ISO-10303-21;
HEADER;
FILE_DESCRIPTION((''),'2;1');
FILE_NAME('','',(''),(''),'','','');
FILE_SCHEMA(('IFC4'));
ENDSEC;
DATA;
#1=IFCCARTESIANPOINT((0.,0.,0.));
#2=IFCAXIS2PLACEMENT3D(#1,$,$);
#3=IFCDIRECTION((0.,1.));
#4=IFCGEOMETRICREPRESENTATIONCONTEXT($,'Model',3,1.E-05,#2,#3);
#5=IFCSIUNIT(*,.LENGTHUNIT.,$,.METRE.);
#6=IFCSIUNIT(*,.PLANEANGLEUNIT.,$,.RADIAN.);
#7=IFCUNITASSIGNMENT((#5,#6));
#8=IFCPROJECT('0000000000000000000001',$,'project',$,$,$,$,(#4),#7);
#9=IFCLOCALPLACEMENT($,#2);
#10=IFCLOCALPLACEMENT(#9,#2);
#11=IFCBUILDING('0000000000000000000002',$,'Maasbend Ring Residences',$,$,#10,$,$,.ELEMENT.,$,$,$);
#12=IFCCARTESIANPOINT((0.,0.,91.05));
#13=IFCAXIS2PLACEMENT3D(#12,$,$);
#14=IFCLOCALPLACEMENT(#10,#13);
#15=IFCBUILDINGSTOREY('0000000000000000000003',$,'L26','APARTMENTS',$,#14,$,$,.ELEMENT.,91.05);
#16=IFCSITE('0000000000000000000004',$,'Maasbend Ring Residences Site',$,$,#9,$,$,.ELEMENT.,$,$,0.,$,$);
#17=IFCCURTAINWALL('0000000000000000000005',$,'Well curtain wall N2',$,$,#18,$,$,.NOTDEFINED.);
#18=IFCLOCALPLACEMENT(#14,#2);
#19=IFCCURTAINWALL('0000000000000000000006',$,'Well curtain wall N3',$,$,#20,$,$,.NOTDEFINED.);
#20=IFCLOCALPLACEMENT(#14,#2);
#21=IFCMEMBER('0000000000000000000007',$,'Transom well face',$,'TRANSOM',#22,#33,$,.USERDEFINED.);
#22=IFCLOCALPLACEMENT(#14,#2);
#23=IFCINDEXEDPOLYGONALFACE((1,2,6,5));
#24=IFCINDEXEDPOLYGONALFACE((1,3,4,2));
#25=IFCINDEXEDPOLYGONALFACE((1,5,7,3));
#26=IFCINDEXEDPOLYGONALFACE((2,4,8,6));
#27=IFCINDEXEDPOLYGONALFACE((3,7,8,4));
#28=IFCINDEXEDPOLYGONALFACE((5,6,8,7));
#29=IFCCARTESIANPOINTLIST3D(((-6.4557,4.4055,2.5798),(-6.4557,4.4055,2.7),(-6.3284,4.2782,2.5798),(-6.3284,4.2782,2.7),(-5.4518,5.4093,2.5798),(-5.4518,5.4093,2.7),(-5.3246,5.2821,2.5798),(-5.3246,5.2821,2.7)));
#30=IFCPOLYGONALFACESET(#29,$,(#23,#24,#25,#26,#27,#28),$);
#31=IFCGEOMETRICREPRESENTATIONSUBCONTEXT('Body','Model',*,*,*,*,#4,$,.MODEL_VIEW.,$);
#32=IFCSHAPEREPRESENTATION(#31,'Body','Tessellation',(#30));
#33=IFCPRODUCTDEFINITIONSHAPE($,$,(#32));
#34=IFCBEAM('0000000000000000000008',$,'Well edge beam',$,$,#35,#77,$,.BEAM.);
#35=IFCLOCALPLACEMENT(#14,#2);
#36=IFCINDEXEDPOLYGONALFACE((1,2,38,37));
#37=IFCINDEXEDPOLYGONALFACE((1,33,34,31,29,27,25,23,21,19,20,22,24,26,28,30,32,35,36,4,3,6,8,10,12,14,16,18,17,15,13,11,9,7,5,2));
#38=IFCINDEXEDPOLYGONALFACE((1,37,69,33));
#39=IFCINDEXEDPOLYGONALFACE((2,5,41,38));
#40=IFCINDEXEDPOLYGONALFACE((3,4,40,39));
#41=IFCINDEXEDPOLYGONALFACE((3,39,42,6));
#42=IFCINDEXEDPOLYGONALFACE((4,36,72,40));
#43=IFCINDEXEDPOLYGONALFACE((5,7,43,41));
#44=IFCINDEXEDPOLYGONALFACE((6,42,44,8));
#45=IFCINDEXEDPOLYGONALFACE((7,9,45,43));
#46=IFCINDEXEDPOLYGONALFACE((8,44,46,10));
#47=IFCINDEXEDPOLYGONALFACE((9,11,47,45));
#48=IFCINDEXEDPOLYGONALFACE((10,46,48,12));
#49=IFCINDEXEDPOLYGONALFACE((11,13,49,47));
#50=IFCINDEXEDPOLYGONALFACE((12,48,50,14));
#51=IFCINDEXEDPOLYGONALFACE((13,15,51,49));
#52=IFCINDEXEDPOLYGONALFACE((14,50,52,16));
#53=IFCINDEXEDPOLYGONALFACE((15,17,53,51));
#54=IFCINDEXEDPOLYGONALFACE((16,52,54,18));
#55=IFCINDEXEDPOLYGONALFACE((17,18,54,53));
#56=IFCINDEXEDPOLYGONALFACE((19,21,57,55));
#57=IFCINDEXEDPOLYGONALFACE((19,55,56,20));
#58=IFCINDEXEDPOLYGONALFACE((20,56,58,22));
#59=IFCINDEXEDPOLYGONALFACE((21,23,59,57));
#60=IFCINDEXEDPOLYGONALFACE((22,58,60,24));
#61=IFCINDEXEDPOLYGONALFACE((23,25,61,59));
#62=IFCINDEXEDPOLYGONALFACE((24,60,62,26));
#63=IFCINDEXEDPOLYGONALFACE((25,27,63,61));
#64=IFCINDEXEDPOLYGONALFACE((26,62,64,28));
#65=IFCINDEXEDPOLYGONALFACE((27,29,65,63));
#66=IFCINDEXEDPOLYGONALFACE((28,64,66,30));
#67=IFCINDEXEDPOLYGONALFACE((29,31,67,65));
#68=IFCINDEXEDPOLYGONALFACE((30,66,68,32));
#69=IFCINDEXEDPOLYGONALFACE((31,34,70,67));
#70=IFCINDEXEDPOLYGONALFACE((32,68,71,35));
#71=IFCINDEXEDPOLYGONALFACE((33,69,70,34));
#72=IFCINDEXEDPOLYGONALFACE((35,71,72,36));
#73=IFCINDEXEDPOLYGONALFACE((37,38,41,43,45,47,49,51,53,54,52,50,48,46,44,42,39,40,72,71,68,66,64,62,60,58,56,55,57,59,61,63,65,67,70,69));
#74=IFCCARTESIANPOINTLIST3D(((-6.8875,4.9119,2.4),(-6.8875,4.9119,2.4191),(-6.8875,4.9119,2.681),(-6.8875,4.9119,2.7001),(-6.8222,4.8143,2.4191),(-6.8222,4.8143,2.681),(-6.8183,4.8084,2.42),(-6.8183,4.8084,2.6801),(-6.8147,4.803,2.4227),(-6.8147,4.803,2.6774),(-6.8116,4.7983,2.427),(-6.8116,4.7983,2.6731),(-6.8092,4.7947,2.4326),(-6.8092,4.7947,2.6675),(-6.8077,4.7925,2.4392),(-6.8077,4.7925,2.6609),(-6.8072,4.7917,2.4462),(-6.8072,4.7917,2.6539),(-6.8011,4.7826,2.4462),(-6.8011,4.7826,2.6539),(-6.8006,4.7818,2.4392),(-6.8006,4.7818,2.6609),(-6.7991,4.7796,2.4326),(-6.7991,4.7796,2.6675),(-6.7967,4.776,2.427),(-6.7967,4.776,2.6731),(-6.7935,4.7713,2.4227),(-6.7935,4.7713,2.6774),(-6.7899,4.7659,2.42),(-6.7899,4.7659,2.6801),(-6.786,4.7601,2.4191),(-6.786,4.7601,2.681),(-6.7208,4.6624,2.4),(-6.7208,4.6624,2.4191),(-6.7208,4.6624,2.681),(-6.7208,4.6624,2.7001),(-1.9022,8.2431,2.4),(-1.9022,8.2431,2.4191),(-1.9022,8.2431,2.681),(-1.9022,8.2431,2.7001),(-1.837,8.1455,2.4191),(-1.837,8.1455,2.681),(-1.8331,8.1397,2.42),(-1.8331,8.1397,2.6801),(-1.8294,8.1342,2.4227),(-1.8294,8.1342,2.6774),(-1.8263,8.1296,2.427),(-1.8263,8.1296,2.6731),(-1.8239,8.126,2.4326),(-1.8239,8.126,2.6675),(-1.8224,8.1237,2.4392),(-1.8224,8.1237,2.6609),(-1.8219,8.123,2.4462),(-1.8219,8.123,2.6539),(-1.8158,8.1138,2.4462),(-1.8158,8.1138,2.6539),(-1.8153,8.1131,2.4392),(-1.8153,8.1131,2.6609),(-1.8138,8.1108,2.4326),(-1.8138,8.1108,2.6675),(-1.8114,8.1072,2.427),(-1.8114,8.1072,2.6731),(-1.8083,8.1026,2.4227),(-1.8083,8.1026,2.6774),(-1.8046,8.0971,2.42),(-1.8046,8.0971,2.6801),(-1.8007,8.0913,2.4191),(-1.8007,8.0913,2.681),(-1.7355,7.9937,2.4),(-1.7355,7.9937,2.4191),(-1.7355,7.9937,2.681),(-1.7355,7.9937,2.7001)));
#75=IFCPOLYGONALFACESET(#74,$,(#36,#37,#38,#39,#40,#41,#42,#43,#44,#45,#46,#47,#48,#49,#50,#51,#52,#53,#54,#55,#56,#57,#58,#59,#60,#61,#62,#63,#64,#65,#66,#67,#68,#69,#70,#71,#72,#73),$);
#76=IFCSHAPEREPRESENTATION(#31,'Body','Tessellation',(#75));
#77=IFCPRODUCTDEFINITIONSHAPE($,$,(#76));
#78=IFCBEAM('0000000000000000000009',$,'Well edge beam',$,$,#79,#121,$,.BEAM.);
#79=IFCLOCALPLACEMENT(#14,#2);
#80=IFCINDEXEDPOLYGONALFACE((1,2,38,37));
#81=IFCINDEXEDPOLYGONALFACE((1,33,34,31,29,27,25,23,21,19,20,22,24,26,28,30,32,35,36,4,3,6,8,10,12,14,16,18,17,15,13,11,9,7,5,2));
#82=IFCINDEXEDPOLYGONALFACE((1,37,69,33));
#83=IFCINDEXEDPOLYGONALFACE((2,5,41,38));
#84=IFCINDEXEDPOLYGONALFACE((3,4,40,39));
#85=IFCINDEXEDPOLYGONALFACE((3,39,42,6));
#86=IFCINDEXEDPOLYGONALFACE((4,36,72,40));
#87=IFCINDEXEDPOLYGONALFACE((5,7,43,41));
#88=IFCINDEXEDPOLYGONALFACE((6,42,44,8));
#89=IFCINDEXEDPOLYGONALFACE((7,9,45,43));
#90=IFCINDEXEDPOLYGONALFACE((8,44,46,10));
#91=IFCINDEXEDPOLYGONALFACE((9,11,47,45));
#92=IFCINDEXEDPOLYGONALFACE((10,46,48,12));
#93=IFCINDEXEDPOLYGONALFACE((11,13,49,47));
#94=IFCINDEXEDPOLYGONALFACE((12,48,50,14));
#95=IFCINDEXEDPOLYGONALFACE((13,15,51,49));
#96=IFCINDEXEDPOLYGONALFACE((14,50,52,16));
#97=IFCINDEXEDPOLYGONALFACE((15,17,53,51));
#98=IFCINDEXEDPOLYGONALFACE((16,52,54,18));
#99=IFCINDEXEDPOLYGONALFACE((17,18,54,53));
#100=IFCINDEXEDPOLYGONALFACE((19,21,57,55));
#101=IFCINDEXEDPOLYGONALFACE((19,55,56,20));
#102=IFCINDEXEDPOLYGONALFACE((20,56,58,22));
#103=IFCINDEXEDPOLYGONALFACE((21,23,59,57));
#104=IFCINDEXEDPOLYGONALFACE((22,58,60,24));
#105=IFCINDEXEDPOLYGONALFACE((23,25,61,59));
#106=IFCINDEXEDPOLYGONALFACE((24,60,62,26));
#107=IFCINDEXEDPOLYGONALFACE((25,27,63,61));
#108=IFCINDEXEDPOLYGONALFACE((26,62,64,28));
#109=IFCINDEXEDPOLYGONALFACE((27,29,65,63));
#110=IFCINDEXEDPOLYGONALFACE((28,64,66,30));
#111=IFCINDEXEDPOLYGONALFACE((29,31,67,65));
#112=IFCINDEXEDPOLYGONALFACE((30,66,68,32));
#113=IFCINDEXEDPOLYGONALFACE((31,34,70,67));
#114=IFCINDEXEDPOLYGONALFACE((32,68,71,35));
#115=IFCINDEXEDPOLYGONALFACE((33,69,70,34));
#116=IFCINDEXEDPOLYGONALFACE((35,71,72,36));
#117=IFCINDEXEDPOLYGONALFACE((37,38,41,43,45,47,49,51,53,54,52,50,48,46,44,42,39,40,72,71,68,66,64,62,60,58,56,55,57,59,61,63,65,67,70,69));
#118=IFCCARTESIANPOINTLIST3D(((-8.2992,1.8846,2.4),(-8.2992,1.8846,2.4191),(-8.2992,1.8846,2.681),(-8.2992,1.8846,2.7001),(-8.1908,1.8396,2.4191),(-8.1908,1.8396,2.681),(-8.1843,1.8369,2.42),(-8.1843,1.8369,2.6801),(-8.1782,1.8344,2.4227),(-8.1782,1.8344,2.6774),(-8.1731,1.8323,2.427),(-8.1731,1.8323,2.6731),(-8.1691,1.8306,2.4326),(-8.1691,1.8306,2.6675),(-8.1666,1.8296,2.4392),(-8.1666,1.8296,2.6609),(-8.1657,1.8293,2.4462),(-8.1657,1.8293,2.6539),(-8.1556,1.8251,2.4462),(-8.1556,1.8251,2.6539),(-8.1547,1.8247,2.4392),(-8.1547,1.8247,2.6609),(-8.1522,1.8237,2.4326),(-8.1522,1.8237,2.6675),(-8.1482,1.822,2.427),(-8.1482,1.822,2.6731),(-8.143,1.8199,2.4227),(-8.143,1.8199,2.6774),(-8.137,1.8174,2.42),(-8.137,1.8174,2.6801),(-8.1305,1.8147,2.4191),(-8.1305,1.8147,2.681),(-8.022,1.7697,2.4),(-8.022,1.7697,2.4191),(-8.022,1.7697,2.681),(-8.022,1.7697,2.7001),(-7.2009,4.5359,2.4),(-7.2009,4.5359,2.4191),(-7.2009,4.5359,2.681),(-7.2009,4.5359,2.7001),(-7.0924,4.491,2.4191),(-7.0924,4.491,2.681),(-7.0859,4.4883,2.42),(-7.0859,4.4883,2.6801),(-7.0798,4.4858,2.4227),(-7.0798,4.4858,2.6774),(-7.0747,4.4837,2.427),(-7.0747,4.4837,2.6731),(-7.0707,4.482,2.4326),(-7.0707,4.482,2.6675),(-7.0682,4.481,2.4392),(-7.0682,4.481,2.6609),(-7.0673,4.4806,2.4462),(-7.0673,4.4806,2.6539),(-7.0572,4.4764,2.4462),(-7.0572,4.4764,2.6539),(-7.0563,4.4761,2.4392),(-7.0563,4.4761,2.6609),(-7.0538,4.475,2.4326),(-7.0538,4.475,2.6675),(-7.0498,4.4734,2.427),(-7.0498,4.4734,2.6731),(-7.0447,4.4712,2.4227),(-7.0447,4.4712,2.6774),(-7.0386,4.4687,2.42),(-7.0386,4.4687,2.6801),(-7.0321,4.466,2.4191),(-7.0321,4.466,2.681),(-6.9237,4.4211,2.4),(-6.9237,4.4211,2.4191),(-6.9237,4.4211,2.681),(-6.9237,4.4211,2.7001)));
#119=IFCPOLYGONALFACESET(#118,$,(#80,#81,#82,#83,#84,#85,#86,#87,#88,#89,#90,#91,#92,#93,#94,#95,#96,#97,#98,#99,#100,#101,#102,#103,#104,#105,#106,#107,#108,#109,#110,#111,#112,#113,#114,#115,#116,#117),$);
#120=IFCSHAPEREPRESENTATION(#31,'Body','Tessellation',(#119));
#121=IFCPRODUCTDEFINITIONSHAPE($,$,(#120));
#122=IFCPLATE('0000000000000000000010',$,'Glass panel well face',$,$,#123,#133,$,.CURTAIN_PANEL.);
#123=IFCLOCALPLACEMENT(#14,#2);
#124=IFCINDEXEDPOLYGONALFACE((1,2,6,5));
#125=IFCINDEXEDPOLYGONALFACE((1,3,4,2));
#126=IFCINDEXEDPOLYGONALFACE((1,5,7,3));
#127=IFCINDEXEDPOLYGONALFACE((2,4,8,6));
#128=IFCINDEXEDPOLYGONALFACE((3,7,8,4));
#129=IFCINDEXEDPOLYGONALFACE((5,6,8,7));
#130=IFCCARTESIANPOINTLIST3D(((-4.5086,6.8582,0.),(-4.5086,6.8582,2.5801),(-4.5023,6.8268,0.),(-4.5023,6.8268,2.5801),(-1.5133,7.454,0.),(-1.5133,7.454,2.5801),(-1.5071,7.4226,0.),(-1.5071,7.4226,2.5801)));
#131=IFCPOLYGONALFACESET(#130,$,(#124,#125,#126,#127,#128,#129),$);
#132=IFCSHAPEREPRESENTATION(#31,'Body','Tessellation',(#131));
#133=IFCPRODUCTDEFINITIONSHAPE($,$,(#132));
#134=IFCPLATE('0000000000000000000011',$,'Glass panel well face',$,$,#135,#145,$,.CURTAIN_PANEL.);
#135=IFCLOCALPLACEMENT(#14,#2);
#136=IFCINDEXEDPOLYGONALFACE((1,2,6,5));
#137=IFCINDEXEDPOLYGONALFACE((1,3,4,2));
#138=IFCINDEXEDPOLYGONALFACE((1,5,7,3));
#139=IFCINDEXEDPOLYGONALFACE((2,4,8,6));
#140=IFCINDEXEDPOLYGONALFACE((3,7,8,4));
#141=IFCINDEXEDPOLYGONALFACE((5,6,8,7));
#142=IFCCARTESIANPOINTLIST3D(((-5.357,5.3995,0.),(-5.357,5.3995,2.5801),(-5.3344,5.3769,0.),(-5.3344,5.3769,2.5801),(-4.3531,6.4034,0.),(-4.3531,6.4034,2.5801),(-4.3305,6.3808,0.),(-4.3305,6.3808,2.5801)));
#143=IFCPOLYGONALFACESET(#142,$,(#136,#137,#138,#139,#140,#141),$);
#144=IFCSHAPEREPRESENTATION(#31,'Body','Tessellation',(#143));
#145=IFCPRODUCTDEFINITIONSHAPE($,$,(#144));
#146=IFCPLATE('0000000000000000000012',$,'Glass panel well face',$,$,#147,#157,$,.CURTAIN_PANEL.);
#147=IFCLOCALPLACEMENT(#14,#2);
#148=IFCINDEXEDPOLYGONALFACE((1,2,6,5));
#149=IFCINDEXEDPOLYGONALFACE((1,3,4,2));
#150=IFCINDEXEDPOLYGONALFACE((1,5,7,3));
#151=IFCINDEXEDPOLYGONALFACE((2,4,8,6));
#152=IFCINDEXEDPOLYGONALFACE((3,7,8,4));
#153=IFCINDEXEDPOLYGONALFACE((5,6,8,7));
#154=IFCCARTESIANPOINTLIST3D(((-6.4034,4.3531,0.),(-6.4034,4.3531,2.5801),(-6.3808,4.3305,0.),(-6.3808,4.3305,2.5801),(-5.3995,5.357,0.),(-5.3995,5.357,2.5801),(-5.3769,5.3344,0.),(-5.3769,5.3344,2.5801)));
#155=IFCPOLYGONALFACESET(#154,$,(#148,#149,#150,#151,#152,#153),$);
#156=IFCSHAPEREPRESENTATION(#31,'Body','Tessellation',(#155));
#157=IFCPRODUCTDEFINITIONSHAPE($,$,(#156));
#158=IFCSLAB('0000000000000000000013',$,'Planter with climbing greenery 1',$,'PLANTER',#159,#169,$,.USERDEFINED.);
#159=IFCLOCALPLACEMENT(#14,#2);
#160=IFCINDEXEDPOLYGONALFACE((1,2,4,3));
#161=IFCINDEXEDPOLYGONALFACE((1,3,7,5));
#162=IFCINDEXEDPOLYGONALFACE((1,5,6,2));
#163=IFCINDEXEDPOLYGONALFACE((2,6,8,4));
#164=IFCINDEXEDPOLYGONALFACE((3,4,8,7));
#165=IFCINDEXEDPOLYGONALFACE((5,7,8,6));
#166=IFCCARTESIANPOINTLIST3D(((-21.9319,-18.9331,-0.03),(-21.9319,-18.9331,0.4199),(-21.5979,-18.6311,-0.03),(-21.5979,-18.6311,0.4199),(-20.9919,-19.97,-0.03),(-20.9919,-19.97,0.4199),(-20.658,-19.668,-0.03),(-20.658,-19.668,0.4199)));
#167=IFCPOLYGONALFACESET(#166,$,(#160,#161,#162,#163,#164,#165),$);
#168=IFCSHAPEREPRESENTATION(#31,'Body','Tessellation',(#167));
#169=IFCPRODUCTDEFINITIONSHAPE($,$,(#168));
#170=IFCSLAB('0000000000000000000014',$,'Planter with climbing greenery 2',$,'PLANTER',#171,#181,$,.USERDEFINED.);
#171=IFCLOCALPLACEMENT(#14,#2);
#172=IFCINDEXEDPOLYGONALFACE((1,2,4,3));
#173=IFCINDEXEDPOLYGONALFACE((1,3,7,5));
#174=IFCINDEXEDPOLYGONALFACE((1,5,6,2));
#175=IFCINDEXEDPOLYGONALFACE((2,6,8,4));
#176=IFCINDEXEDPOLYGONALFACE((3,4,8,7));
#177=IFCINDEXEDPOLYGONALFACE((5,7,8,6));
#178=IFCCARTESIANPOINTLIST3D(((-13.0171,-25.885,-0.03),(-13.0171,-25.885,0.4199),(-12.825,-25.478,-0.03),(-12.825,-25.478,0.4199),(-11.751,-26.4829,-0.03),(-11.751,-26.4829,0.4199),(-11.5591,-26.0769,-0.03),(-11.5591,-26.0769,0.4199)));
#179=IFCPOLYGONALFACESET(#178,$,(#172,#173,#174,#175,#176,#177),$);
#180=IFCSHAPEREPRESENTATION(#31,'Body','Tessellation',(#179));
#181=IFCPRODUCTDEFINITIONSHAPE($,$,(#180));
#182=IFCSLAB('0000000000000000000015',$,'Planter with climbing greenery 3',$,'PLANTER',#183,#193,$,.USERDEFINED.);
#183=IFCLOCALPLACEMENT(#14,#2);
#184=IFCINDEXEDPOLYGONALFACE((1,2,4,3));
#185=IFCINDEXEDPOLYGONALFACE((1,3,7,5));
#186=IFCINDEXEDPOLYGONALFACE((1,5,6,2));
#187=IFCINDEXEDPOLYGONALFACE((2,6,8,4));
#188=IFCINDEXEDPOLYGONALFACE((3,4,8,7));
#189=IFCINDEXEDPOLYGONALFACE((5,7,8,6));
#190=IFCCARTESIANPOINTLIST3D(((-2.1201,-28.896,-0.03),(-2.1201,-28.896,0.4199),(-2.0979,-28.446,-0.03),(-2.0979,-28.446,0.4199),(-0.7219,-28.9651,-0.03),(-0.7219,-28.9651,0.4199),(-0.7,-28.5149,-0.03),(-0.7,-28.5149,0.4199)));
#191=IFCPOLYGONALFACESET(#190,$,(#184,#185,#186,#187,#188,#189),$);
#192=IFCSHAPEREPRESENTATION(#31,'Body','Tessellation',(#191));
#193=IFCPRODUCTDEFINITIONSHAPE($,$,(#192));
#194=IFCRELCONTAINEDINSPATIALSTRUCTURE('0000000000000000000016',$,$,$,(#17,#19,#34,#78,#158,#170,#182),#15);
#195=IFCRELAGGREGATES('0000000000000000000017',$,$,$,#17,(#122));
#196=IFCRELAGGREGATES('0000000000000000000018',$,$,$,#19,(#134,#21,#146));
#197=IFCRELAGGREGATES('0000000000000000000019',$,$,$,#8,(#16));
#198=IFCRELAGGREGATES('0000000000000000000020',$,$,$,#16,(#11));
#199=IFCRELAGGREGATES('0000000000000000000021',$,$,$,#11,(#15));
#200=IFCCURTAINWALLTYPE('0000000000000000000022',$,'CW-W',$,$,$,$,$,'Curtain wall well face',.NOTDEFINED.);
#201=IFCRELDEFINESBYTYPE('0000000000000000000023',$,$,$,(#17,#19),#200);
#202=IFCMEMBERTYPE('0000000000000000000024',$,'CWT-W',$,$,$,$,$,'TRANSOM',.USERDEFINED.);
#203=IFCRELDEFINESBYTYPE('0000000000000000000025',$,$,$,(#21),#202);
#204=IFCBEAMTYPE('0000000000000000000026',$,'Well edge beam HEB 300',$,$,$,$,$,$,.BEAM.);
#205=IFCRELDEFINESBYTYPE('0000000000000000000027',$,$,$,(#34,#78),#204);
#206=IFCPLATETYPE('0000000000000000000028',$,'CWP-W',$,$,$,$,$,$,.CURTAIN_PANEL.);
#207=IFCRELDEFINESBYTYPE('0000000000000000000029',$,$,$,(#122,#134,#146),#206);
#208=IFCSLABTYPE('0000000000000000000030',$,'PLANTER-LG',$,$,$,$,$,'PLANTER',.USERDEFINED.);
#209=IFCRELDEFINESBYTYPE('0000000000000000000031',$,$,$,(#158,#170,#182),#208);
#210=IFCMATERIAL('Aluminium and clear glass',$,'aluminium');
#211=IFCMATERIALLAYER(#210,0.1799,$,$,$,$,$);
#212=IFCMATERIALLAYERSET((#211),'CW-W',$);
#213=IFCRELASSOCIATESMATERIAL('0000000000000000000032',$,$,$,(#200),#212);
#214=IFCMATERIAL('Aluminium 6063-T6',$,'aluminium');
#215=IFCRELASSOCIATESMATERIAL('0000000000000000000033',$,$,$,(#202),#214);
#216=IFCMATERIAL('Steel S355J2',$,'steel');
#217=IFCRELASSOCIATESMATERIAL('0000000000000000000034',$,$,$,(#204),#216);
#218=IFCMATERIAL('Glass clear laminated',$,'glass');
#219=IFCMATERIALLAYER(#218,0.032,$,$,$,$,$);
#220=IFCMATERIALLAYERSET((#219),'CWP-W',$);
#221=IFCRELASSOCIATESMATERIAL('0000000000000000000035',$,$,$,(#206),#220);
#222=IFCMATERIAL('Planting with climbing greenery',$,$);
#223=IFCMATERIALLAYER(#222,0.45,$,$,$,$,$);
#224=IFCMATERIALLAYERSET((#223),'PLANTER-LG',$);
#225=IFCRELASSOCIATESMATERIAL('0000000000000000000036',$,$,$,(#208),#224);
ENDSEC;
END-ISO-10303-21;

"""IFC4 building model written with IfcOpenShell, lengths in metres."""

from ifc_helpers import new_model, si_unit, direction, frame, origin, origin_2d, place, context, subcontext, project, spatial, polyline, rectangle, i_section, outline, extrude, material, layer, layer_set, material_profile, profile_set, type_object, element, aggregate, save


model = new_model("IFC4")

# Units and contexts
model_context = context("Model", 3, precision=1e-05, world=origin(), true_north=direction((0.0, 1.0)))
body_context = subcontext(model_context, "Body", "Model", "MODEL_VIEW")
ifc_project = project(units=[si_unit("LENGTHUNIT", "METRE"), si_unit("PLANEANGLEUNIT", "RADIAN")], contexts=[model_context])

# Site, building, storey
site_placement = place(None, origin())
site = spatial("IfcSite", under=ifc_project, at=site_placement, Name="Maasbend Ring Residences Site", CompositionType="ELEMENT", RefElevation=0.0)
building_placement = place(site_placement, origin())
building = spatial("IfcBuilding", under=site, at=building_placement, Name="Maasbend Ring Residences", CompositionType="ELEMENT")
storey_placement = place(building_placement, frame((0.0, 0.0, 91.05)))
storey = spatial("IfcBuildingStorey", under=building, at=storey_placement, Name="L26", Description="APARTMENTS", CompositionType="ELEMENT", Elevation=91.05)

# Curtain walls
ifc_material_1 = material(Name="Aluminium and clear glass", Category="aluminium")
ifc_layer_1 = layer(ifc_material_1, 0.1799)
ifc_layer_set_1 = layer_set([ifc_layer_1], Name="CW-W")
curtain_wall_type = type_object("IfcCurtainWallType", Name="CW-W", ElementType="Curtain wall well face", PredefinedType="NOTDEFINED", material=ifc_layer_set_1)
curtain_wall_1_placement = place(storey_placement, origin())
curtain_wall_1 = element("IfcCurtainWall", 1, at=curtain_wall_1_placement, inside=storey, type_object=curtain_wall_type, Name="Well curtain wall N2", PredefinedType="NOTDEFINED")
curtain_wall_2_placement = place(storey_placement, origin())
curtain_wall_2 = element("IfcCurtainWall", 2, at=curtain_wall_2_placement, inside=storey, type_object=curtain_wall_type, Name="Well curtain wall N3", PredefinedType="NOTDEFINED")

# Member
ifc_material_2 = material(Name="Aluminium 6063-T6", Category="aluminium")
ifc_material_profile_1 = material_profile(ifc_material_2, rectangle(XDim=0.1799, YDim=0.1201, at=origin_2d()), Name="AL 180x120")
ifc_profile_set_1 = profile_set([ifc_material_profile_1], Name="Aluminium 6063-T6")
member_type_1 = type_object("IfcMemberType", Name="CWT-W", ElementType="TRANSOM", PredefinedType="USERDEFINED", material=ifc_profile_set_1)
member_1_placement = place(storey_placement, frame((-5.3882, 5.3457, 2.6399), z_axis=(-0.707107, -0.707107, 0.0), x_axis=(0.707107, -0.707107, 0.0)))
member_1 = element("IfcMember", 3, at=member_1_placement, type_object=member_type_1, Name="Transom well face", ObjectType="TRANSOM", PredefinedType="USERDEFINED", context=body_context, shape_type="SweptSolid", body=[
    extrude(rectangle(XDim=0.1799, YDim=0.1201, at=origin_2d()), origin(), (0.0, 0.0, 1.0), 1.4197),
])

# Beams
ifc_material_3 = material(Name="Steel S355J2", Category="steel")
ifc_material_profile_2 = material_profile(ifc_material_3, i_section(OverallWidth=0.3, OverallDepth=0.3, WebThickness=0.011, FlangeThickness=0.019, FilletRadius=0.0271, at=origin_2d()), Name="HEB 300")
ifc_profile_set_2 = profile_set([ifc_material_profile_2], Name="Steel S355J2")
beam_type = type_object("IfcBeamType", Name="Well edge beam HEB 300", PredefinedType="BEAM", material=ifc_profile_set_2)
beam_1_placement = place(storey_placement, frame((-1.8188, 8.1184, 2.55), z_axis=(-0.831455, -0.555593, 0.0), x_axis=(0.555593, -0.831455, 0.0)))
element("IfcBeam", 4, at=beam_1_placement, inside=storey, type_object=beam_type, Name="Well edge beam", PredefinedType="BEAM", context=body_context, shape_type="SweptSolid", body=[
    extrude(i_section(OverallWidth=0.3, OverallDepth=0.3, WebThickness=0.011, FlangeThickness=0.019, FilletRadius=0.0271, at=origin_2d()), origin(), (0.0, 0.0, 1.0), 5.9958),
])
beam_2_placement = place(storey_placement, frame((-7.0623, 4.4785, 2.55), z_axis=(-0.38273, -0.92386, 0.0), x_axis=(0.92386, -0.38273, 0.0)))
element("IfcBeam", 5, at=beam_2_placement, inside=storey, type_object=beam_type, Name="Well edge beam", PredefinedType="BEAM", context=body_context, shape_type="SweptSolid", body=[
    extrude(i_section(OverallWidth=0.3, OverallDepth=0.3, WebThickness=0.011, FlangeThickness=0.019, FilletRadius=0.0271, at=origin_2d()), origin(), (0.0, 0.0, 1.0), 2.8699),
])

# Plates
ifc_material_4 = material(Name="Glass clear laminated", Category="glass")
ifc_layer_2 = layer(ifc_material_4, 0.032)
ifc_layer_set_2 = layer_set([ifc_layer_2], Name="CWP-W")
plate_type = type_object("IfcPlateType", Name="CWP-W", PredefinedType="CURTAIN_PANEL", material=ifc_layer_set_2)
plate_1_placement = place(storey_placement, frame((-3.0078, 7.1404, 0.0), z_axis=(0.0, 0.0, 1.0), x_axis=(-0.980785, -0.19509, 0.0)))
plate_1 = element("IfcPlate", 6, at=plate_1_placement, type_object=plate_type, Name="Glass panel well face", PredefinedType="CURTAIN_PANEL", context=body_context, shape_type="SweptSolid", body=[
    extrude(rectangle(XDim=3.054, YDim=0.032, at=origin_2d()), origin(), (0.0, 0.0, 1.0), 2.5801),
])
aggregate(curtain_wall_1, [plate_1])
plate_2_placement = place(storey_placement, frame((-4.8438, 5.8901, 0.0), z_axis=(0.0, 0.0, 1.0), x_axis=(-0.707107, -0.707107, 0.0)))
plate_2 = element("IfcPlate", 7, at=plate_2_placement, type_object=plate_type, Name="Glass panel well face", PredefinedType="CURTAIN_PANEL", context=body_context, shape_type="SweptSolid", body=[
    extrude(rectangle(XDim=1.4197, YDim=0.032, at=origin_2d()), origin(), (0.0, 0.0, 1.0), 2.5801),
])
plate_3_placement = place(storey_placement, frame((-5.8901, 4.8438, 0.0), z_axis=(0.0, 0.0, 1.0), x_axis=(-0.707107, -0.707107, 0.0)))
plate_3 = element("IfcPlate", 8, at=plate_3_placement, type_object=plate_type, Name="Glass panel well face", PredefinedType="CURTAIN_PANEL", context=body_context, shape_type="SweptSolid", body=[
    extrude(rectangle(XDim=1.4197, YDim=0.032, at=origin_2d()), origin(), (0.0, 0.0, 1.0), 2.5801),
])
aggregate(curtain_wall_2, [plate_2, member_1, plate_3])

# Slabs
ifc_material_5 = material(Name="Planting with climbing greenery")
ifc_layer_3 = layer(ifc_material_5, 0.45)
ifc_layer_set_3 = layer_set([ifc_layer_3], Name="PLANTER-LG")
slab_type_1 = type_object("IfcSlabType", Name="PLANTER-LG", ElementType="PLANTER", PredefinedType="USERDEFINED", material=ifc_layer_set_3)
slab_1_placement = place(storey_placement, frame((0.0, 0.0, -0.03)))
element("IfcSlab", 9, at=slab_1_placement, inside=storey, type_object=slab_type_1, Name="Planter with climbing greenery 1", ObjectType="PLANTER", PredefinedType="USERDEFINED", context=body_context, shape_type="SweptSolid", body=[
    extrude(outline(polyline([(-21.9319, -18.9331), (-20.9919, -19.97), (-20.658, -19.668), (-21.5979, -18.6311), (-21.9319, -18.9331)])), origin(), (0.0, 0.0, 1.0), 0.45),
])
slab_2_placement = place(storey_placement, frame((0.0, 0.0, -0.03)))
element("IfcSlab", 10, at=slab_2_placement, inside=storey, type_object=slab_type_1, Name="Planter with climbing greenery 2", ObjectType="PLANTER", PredefinedType="USERDEFINED", context=body_context, shape_type="SweptSolid", body=[
    extrude(outline(polyline([(-13.0171, -25.885), (-11.751, -26.4829), (-11.5591, -26.0769), (-12.825, -25.478), (-13.0171, -25.885)])), origin(), (0.0, 0.0, 1.0), 0.45),
])
slab_3_placement = place(storey_placement, frame((0.0, 0.0, -0.03)))
element("IfcSlab", 11, at=slab_3_placement, inside=storey, type_object=slab_type_1, Name="Planter with climbing greenery 3", ObjectType="PLANTER", PredefinedType="USERDEFINED", context=body_context, shape_type="SweptSolid", body=[
    extrude(outline(polyline([(-2.1201, -28.896), (-0.7219, -28.9651), (-0.7, -28.5149), (-2.0979, -28.446), (-2.1201, -28.896)])), origin(), (0.0, 0.0, 1.0), 0.45),
])

save(model, "model.ifc")
